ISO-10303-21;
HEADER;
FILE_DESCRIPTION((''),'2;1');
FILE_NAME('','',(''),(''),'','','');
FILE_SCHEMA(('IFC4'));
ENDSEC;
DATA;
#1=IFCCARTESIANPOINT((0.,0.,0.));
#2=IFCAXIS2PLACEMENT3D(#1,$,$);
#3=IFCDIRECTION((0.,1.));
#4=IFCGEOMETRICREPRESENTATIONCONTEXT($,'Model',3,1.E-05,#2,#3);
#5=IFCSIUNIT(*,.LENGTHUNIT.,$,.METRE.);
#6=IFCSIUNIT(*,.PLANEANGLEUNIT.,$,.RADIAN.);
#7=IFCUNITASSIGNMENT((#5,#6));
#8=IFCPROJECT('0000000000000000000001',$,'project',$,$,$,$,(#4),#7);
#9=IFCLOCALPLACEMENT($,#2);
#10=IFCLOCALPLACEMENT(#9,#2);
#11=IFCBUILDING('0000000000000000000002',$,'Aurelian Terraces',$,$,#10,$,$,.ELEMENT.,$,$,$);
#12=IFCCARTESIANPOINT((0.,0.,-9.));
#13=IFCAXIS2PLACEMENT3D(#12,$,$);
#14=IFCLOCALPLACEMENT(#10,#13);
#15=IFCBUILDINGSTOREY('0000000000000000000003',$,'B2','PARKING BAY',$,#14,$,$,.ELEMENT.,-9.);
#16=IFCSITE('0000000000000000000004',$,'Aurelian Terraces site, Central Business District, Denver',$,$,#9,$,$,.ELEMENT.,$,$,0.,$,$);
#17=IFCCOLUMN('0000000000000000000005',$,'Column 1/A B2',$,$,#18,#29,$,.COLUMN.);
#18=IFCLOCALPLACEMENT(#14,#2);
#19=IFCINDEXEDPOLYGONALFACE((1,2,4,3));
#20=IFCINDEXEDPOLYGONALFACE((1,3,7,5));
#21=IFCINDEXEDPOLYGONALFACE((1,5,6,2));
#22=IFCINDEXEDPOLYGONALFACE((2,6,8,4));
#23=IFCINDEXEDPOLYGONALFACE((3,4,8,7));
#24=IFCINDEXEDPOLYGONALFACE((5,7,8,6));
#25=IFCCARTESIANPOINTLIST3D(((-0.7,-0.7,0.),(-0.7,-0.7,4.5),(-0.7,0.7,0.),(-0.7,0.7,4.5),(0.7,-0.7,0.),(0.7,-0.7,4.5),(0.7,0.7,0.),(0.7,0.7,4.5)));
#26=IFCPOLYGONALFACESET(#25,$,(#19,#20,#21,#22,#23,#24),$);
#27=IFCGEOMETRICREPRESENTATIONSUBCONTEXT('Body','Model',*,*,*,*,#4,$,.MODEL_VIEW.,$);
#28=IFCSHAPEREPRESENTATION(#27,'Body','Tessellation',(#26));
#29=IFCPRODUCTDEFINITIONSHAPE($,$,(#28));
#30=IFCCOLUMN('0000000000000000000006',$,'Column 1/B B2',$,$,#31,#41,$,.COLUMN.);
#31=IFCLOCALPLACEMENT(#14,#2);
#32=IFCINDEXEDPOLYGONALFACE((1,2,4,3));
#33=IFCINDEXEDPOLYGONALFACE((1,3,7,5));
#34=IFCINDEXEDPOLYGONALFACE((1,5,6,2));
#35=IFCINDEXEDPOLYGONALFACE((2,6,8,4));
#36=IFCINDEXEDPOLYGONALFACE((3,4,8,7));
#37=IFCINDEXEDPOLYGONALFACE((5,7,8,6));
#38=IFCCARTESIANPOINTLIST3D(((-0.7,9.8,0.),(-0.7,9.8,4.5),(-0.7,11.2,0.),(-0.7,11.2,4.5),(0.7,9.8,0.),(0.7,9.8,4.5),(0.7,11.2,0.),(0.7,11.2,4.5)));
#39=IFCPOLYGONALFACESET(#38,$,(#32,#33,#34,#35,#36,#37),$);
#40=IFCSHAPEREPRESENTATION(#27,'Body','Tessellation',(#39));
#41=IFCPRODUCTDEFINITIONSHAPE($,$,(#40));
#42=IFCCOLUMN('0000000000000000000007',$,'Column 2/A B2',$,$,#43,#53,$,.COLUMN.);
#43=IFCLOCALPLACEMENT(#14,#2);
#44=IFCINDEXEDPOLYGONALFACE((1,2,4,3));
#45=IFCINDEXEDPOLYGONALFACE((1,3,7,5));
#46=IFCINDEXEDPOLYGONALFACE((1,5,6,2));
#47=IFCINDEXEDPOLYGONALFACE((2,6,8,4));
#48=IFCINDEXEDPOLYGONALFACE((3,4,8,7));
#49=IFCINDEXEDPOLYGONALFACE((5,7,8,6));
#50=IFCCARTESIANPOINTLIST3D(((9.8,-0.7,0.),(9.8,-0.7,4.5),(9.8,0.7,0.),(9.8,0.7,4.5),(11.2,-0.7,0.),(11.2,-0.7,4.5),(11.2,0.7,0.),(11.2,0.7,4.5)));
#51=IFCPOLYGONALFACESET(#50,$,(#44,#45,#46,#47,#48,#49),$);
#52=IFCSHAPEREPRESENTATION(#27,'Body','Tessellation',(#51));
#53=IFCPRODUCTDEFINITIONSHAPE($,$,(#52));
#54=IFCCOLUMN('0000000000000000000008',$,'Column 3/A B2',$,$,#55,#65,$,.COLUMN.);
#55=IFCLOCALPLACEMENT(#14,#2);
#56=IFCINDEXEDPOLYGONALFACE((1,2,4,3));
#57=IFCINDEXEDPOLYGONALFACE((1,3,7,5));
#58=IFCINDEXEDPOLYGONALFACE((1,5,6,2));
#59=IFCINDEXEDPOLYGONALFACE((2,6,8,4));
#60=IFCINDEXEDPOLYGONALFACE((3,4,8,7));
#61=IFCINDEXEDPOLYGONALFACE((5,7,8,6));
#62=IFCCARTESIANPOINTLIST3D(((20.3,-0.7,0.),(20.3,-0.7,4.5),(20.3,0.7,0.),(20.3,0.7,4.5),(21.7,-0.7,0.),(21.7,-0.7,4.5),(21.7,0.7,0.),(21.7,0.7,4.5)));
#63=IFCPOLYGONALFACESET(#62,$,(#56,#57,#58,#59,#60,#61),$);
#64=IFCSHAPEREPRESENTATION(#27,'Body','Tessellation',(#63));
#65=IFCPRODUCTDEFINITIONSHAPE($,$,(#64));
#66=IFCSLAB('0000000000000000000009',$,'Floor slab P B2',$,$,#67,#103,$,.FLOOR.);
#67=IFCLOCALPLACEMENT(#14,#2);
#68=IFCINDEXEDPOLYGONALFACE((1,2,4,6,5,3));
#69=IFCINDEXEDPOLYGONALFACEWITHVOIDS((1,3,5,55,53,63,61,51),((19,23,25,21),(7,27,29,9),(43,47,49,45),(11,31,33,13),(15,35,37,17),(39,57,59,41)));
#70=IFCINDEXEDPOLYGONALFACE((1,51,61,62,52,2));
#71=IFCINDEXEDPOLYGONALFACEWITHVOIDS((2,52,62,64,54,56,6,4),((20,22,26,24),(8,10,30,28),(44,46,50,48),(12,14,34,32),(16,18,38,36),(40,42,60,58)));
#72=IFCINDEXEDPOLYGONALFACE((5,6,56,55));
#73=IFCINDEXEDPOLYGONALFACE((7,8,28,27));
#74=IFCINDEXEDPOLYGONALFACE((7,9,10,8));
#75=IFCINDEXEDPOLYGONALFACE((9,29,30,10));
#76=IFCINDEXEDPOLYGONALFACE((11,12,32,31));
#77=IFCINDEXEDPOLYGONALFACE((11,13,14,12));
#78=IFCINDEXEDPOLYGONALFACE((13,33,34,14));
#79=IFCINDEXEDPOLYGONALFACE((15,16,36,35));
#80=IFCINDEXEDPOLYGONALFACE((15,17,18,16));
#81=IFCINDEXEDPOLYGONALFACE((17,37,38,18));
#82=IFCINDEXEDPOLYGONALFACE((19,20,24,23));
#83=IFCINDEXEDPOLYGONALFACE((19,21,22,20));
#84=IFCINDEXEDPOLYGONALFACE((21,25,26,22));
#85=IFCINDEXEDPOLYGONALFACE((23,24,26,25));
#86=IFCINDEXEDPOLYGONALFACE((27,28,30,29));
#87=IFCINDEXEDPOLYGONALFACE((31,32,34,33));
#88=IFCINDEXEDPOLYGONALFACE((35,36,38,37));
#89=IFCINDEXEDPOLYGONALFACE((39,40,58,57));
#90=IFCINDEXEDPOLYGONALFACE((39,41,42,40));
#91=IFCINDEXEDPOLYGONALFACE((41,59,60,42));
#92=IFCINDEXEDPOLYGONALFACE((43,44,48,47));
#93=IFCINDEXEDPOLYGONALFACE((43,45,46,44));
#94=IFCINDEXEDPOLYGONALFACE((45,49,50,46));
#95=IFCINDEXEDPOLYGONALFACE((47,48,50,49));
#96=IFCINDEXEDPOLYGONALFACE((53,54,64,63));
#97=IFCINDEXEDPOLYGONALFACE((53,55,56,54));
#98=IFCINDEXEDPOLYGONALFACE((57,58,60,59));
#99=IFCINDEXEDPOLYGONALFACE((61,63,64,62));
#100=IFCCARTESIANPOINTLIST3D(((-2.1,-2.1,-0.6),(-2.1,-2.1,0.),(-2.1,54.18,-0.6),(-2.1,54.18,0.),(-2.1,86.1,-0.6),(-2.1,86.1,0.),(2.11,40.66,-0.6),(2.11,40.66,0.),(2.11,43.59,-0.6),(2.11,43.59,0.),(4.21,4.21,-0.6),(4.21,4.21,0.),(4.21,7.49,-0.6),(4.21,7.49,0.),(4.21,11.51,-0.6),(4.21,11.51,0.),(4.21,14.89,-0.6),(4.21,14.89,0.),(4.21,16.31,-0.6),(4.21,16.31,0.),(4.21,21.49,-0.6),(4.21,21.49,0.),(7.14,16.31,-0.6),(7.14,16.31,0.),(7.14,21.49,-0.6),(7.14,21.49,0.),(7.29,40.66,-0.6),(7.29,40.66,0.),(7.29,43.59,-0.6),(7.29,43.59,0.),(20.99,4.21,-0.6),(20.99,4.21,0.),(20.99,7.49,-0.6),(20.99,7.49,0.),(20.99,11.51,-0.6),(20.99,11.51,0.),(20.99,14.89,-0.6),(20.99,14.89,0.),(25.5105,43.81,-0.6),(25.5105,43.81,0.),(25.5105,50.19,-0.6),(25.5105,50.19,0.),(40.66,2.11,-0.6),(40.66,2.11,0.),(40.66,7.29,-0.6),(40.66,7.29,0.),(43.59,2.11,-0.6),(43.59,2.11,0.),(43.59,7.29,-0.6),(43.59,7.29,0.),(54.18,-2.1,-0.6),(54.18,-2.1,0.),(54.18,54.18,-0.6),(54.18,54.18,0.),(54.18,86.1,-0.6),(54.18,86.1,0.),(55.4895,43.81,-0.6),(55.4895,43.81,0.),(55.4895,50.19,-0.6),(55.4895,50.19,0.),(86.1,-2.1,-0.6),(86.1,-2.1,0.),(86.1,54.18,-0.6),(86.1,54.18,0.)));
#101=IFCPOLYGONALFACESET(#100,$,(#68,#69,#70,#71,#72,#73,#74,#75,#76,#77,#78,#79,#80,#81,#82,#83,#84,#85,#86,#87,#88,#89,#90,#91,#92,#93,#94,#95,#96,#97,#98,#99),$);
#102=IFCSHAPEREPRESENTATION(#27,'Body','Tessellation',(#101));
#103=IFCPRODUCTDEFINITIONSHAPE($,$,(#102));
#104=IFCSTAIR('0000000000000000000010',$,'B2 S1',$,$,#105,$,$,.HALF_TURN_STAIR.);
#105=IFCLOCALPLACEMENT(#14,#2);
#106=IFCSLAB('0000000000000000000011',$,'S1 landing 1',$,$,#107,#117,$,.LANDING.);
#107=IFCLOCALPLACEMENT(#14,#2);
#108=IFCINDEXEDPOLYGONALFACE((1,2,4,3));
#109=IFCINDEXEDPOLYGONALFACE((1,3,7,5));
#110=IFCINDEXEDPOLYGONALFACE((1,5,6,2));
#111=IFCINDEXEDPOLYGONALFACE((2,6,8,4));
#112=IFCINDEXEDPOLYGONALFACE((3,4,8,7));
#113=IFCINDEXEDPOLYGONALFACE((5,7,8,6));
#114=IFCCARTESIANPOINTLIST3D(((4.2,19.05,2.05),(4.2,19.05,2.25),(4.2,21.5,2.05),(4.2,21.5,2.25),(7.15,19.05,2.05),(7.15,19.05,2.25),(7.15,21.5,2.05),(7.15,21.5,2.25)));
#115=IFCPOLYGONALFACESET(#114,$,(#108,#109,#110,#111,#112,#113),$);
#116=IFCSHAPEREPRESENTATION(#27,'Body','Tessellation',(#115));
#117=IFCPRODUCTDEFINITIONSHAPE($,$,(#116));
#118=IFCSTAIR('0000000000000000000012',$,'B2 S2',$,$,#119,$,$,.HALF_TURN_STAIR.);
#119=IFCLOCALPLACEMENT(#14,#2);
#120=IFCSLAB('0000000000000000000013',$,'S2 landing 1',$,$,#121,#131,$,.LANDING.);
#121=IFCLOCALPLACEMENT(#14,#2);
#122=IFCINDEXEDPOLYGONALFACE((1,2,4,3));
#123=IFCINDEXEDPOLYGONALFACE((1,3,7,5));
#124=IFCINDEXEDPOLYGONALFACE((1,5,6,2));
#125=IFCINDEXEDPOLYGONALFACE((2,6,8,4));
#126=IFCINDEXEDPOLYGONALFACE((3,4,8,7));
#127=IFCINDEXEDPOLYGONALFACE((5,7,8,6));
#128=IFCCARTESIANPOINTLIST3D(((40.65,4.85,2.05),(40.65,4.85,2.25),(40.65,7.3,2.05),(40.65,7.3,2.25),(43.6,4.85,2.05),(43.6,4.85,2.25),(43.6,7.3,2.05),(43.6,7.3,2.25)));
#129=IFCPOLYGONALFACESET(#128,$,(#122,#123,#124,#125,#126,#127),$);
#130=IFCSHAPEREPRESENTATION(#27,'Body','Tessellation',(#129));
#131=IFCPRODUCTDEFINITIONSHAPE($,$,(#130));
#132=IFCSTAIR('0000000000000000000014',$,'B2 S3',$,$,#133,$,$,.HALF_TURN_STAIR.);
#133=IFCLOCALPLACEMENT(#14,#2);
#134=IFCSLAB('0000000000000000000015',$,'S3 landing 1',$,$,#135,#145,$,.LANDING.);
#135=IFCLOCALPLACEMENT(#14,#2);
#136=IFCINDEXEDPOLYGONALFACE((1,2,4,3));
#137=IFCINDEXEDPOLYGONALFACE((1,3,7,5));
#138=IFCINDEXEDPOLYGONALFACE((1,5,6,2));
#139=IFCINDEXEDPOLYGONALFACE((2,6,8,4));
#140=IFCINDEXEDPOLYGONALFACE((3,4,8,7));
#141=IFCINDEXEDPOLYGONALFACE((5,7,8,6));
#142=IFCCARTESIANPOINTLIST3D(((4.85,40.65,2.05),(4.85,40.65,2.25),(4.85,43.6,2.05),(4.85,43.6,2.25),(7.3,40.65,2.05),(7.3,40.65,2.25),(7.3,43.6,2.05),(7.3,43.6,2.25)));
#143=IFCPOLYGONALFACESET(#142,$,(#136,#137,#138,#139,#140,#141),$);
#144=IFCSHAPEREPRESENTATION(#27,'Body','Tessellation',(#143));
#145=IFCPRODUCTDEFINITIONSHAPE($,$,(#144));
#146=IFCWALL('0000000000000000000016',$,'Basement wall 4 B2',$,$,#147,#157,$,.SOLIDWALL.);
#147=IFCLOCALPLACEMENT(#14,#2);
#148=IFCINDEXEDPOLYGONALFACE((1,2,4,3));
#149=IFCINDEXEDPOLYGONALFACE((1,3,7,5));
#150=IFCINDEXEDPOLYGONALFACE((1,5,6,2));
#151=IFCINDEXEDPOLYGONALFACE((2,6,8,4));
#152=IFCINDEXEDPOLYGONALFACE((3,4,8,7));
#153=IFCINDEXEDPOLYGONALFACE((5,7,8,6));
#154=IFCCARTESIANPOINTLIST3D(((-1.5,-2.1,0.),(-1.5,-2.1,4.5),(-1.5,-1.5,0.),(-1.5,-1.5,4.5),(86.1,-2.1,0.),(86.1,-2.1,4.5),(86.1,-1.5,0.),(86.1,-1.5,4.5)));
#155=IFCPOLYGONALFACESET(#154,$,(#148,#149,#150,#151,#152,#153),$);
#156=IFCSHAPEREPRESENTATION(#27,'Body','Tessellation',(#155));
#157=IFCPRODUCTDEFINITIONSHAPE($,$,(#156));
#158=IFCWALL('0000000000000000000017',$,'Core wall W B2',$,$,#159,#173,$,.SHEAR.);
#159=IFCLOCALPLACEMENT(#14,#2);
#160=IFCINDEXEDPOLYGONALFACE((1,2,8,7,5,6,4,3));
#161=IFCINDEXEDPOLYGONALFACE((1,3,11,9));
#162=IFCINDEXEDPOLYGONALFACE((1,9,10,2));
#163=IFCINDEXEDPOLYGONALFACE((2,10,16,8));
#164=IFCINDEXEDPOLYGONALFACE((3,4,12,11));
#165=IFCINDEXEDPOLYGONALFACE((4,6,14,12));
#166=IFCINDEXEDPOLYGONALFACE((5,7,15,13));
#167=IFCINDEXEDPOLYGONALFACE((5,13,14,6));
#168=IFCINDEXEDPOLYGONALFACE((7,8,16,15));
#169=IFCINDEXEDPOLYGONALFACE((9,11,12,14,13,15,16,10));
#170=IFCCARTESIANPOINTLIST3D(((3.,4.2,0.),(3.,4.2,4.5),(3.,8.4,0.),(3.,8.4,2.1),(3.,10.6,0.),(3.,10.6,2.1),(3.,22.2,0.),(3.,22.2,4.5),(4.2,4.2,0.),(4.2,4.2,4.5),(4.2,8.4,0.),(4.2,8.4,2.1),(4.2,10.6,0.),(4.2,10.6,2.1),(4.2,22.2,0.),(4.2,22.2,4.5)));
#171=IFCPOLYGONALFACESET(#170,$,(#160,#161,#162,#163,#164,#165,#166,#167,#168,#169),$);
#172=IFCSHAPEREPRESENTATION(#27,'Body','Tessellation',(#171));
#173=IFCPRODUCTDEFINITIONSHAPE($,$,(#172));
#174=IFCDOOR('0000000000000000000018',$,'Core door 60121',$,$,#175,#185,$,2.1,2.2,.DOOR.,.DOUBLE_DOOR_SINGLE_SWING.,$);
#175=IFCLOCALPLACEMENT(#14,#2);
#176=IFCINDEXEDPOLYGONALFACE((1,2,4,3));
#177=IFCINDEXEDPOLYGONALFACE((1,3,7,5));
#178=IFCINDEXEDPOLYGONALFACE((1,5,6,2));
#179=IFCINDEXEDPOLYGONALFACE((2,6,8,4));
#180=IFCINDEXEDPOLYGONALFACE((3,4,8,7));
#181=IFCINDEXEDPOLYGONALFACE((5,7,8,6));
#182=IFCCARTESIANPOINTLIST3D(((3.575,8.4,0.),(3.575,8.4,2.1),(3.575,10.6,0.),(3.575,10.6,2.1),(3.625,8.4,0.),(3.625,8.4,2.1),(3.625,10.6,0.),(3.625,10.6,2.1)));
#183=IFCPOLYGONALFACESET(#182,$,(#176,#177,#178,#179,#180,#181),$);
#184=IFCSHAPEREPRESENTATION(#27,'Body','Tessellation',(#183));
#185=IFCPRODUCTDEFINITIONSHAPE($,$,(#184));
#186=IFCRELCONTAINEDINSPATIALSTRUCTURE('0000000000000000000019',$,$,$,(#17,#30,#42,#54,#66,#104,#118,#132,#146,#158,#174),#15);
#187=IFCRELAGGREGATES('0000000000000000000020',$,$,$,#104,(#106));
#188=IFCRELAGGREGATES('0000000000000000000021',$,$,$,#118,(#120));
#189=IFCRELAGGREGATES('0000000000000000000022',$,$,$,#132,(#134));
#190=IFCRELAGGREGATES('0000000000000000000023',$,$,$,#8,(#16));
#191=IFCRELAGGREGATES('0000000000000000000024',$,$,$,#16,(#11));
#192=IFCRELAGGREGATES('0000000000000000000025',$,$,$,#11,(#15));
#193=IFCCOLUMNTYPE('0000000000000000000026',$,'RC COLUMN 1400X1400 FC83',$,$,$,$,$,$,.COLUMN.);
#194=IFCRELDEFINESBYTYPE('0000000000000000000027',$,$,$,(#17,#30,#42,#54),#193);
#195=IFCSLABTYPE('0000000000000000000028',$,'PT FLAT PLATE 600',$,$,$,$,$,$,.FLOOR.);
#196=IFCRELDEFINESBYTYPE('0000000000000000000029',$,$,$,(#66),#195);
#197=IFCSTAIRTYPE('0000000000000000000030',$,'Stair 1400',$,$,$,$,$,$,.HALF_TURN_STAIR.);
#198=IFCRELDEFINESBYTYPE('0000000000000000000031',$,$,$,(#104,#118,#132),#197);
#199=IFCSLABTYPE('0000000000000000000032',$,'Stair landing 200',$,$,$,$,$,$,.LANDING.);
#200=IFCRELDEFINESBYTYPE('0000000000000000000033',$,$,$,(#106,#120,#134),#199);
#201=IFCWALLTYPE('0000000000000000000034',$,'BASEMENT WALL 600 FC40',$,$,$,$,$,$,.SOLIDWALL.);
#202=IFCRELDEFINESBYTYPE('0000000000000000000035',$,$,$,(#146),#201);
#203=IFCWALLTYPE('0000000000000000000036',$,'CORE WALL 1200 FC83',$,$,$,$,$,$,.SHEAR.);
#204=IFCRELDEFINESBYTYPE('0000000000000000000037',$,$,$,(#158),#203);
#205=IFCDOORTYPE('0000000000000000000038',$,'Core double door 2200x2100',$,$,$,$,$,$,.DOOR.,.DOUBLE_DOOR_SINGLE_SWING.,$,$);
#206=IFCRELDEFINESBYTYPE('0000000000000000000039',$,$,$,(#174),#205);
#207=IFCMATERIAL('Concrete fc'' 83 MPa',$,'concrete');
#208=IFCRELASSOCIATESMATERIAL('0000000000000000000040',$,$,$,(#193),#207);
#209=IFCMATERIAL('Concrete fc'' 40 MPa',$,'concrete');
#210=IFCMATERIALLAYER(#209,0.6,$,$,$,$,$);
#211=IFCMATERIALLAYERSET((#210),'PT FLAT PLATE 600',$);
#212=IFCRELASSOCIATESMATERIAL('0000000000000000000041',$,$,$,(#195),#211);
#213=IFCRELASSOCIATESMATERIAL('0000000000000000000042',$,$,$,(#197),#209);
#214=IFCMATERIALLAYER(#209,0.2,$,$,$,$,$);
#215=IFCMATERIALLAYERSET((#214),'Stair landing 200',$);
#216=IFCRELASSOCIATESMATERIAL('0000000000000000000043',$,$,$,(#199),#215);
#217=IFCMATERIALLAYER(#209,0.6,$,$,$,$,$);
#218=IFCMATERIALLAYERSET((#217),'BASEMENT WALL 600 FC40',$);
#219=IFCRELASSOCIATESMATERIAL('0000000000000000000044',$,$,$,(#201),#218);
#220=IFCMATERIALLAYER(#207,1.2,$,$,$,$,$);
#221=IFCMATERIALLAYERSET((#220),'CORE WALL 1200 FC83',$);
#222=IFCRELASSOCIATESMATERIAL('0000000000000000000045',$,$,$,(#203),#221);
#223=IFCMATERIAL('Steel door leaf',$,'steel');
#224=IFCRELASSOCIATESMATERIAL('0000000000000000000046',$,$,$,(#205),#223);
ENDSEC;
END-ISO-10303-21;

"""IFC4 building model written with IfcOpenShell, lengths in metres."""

from ifc_helpers import new_model, si_unit, direction, frame, frame_2d, origin, origin_2d, place, context, subcontext, project, spatial, polyline, rectangle, outline, extrude, source, transform, mapped, material, layer, layer_set, material_profile, profile_set, type_object, element, fill, aggregate, save


model = new_model("IFC4")

# Units and contexts
model_context = context("Model", 3, precision=1e-05, world=origin(), true_north=direction((0.0, 1.0)))
body_context = subcontext(model_context, "Body", "Model", "MODEL_VIEW")
ifc_project = project(units=[si_unit("LENGTHUNIT", "METRE"), si_unit("PLANEANGLEUNIT", "RADIAN")], contexts=[model_context])

# Site, building, storey
site_placement = place(None, origin())
site = spatial("IfcSite", under=ifc_project, at=site_placement, Name="Aurelian Terraces site, Central Business District, Denver", CompositionType="ELEMENT", RefElevation=0.0)
building_placement = place(site_placement, origin())
building = spatial("IfcBuilding", under=site, at=building_placement, Name="Aurelian Terraces", CompositionType="ELEMENT")
storey_placement = place(building_placement, frame((0.0, 0.0, -9.0)))
storey = spatial("IfcBuildingStorey", under=building, at=storey_placement, Name="B2", Description="PARKING BAY", CompositionType="ELEMENT", Elevation=-9.0)

# Columns
ifc_material_1 = material(Name="Concrete fc' 83 MPa", Category="concrete")
ifc_material_profile = material_profile(ifc_material_1, rectangle(XDim=1.4, YDim=1.4, at=origin_2d()))
ifc_profile_set = profile_set([ifc_material_profile], Name="Concrete fc' 83 MPa")
column_type = type_object("IfcColumnType", Name="RC COLUMN 1400X1400 FC83", PredefinedType="COLUMN", material=ifc_profile_set)
shared_shape_1 = source(origin(), body_context, "Body", "SweptSolid", [
    extrude(rectangle(XDim=1.4, YDim=1.4, at=origin_2d()), origin(), (0.0, 0.0, 1.0), 4.5),
])
for number, where, z_axis, x_axis, name in (
    (1, (0.0, 0.0, 0.0), (0.0, 0.0, 1.0), (1.0, 0.0, 0.0), "Column 1/A B2"),
    (2, (0.0, 10.5, 0.0), (0.0, 0.0, 1.0), (1.0, 0.0, 0.0), "Column 1/B B2"),
    (3, (10.5, 0.0, 0.0), (0.0, 0.0, 1.0), (1.0, 0.0, 0.0), "Column 2/A B2"),
    (4, (21.0, 0.0, 0.0), (0.0, 0.0, 1.0), (1.0, 0.0, 0.0), "Column 3/A B2"),
):
    element("IfcColumn", number, at=place(storey_placement, frame(where, z_axis=z_axis, x_axis=x_axis)), inside=storey, type_object=column_type, Name=name, PredefinedType="COLUMN", context=body_context, shape_type="MappedRepresentation", body=[
        mapped(shared_shape_1, transform((0.0, 0.0, 0.0), scale=1.0)),
    ])

# Slab
ifc_material_2 = material(Name="Concrete fc' 40 MPa", Category="concrete")
ifc_layer_1 = layer(ifc_material_2, 0.6)
ifc_layer_set_1 = layer_set([ifc_layer_1], Name="PT FLAT PLATE 600")
slab_type_1 = type_object("IfcSlabType", Name="PT FLAT PLATE 600", PredefinedType="FLOOR", material=ifc_layer_set_1)
slab_1_placement = place(storey_placement, frame((0.0, 0.0, -0.6)))
element("IfcSlab", 5, at=slab_1_placement, inside=storey, type_object=slab_type_1, Name="Floor slab P B2", PredefinedType="FLOOR", context=body_context, shape_type="SweptSolid", body=[
    extrude(outline(polyline([(86.1, -2.1), (54.18, -2.1), (-2.1, -2.1), (-2.1, 54.18), (-2.1, 86.1), (54.18, 86.1), (54.18, 54.18), (86.1, 54.18), (86.1, -2.1)]), holes=[polyline([(55.4895, 50.19), (25.5105, 50.19), (25.5105, 43.81), (55.4895, 43.81), (55.4895, 50.19)]), polyline([(40.66, 2.11), (43.59, 2.11), (43.59, 7.29), (40.66, 7.29), (40.66, 2.11)]), polyline([(4.21, 7.49), (4.21, 4.21), (20.99, 4.21), (20.99, 7.49), (4.21, 7.49)]), polyline([(4.21, 14.89), (4.21, 11.51), (20.99, 11.51), (20.99, 14.89), (4.21, 14.89)]), polyline([(7.29, 43.59), (2.11, 43.59), (2.11, 40.66), (7.29, 40.66), (7.29, 43.59)]), polyline([(4.21, 16.31), (7.14, 16.31), (7.14, 21.49), (4.21, 21.49), (4.21, 16.31)])]), origin(), (0.0, 0.0, 1.0), 0.6),
])

# Stairs, slabs
stair_type = type_object("IfcStairType", Name="Stair 1400", PredefinedType="HALF_TURN_STAIR", material=ifc_material_2)
stair_1_placement = place(storey_placement, origin())
stair_1 = element("IfcStair", 6, at=stair_1_placement, inside=storey, type_object=stair_type, Name="B2 S1", PredefinedType="HALF_TURN_STAIR")
ifc_layer_2 = layer(ifc_material_2, 0.2)
ifc_layer_set_2 = layer_set([ifc_layer_2], Name="Stair landing 200")
slab_type_2 = type_object("IfcSlabType", Name="Stair landing 200", PredefinedType="LANDING", material=ifc_layer_set_2)
shared_shape_2 = source(origin(), body_context, "Body", "SweptSolid", [
    extrude(outline(polyline([(7.15, 19.05), (7.15, 21.5), (4.2, 21.5), (4.2, 19.05), (7.15, 19.05)])), origin(), (0.0, 0.0, 1.0), 0.2),
])
slab_2_placement = place(storey_placement, frame((0.0, 0.0, 2.05)))
slab_2 = element("IfcSlab", 7, at=slab_2_placement, type_object=slab_type_2, Name="S1 landing 1", PredefinedType="LANDING", context=body_context, shape_type="MappedRepresentation", body=[
    mapped(shared_shape_2, transform((0.0, 0.0, 0.0), scale=1.0)),
])
aggregate(stair_1, [slab_2])
stair_2_placement = place(storey_placement, origin())
stair_2 = element("IfcStair", 8, at=stair_2_placement, inside=storey, type_object=stair_type, Name="B2 S2", PredefinedType="HALF_TURN_STAIR")
shared_shape_3 = source(origin(), body_context, "Body", "SweptSolid", [
    extrude(outline(polyline([(43.6, 4.85), (43.6, 7.3), (40.65, 7.3), (40.65, 4.85), (43.6, 4.85)])), origin(), (0.0, 0.0, 1.0), 0.2),
])
slab_3_placement = place(storey_placement, frame((0.0, 0.0, 2.05)))
slab_3 = element("IfcSlab", 9, at=slab_3_placement, type_object=slab_type_2, Name="S2 landing 1", PredefinedType="LANDING", context=body_context, shape_type="MappedRepresentation", body=[
    mapped(shared_shape_3, transform((0.0, 0.0, 0.0), scale=1.0)),
])
aggregate(stair_2, [slab_3])
stair_3_placement = place(storey_placement, origin())
stair_3 = element("IfcStair", 10, at=stair_3_placement, inside=storey, type_object=stair_type, Name="B2 S3", PredefinedType="HALF_TURN_STAIR")
shared_shape_4 = source(origin(), body_context, "Body", "SweptSolid", [
    extrude(outline(polyline([(4.85, 40.65), (7.3, 40.65), (7.3, 43.6), (4.85, 43.6), (4.85, 40.65)])), origin(), (0.0, 0.0, 1.0), 0.2),
])
slab_4_placement = place(storey_placement, frame((0.0, 0.0, 2.05)))
slab_4 = element("IfcSlab", 11, at=slab_4_placement, type_object=slab_type_2, Name="S3 landing 1", PredefinedType="LANDING", context=body_context, shape_type="MappedRepresentation", body=[
    mapped(shared_shape_4, transform((0.0, 0.0, 0.0), scale=1.0)),
])
aggregate(stair_3, [slab_4])

# Wall
ifc_layer_3 = layer(ifc_material_2, 0.6)
ifc_layer_set_3 = layer_set([ifc_layer_3], Name="BASEMENT WALL 600 FC40")
wall_type_1 = type_object("IfcWallType", Name="BASEMENT WALL 600 FC40", PredefinedType="SOLIDWALL", material=ifc_layer_set_3)
shared_shape_5 = source(origin(), body_context, "Body", "SweptSolid", [
    extrude(rectangle(XDim=87.6, YDim=0.6, at=frame_2d((43.8, 0.0))), origin(), (0.0, 0.0, 1.0), 4.5),
])
wall_1_placement = place(storey_placement, frame((-1.5, -1.8, 0.0), z_axis=(0.0, 0.0, 1.0), x_axis=(1.0, 0.0, 0.0)))
element("IfcWall", 12, at=wall_1_placement, inside=storey, type_object=wall_type_1, Name="Basement wall 4 B2", PredefinedType="SOLIDWALL", context=body_context, shape_type="MappedRepresentation", body=[
    mapped(shared_shape_5, transform((0.0, 0.0, 0.0), scale=1.0)),
])

# Wall, opening, door
ifc_layer_4 = layer(ifc_material_1, 1.2)
ifc_layer_set_4 = layer_set([ifc_layer_4], Name="CORE WALL 1200 FC83")
wall_type_2 = type_object("IfcWallType", Name="CORE WALL 1200 FC83", PredefinedType="SHEAR", material=ifc_layer_set_4)
shared_shape_6 = source(origin(), body_context, "Body", "SweptSolid", [
    extrude(rectangle(XDim=18.0, YDim=1.2, at=frame_2d((9.0, 0.0))), origin(), (0.0, 0.0, 1.0), 4.5),
])
wall_2_placement = place(storey_placement, frame((3.6, 4.2, 0.0), z_axis=(0.0, 0.0, 1.0), x_axis=(0.0, 1.0, 0.0)))
wall_2 = element("IfcWall", 13, at=wall_2_placement, inside=storey, type_object=wall_type_2, Name="Core wall W B2", PredefinedType="SHEAR", context=body_context, shape_type="MappedRepresentation", body=[
    mapped(shared_shape_6, transform((0.0, 0.0, 0.0), scale=1.0)),
])
shared_shape_7 = source(origin(), body_context, "Body", "SweptSolid", [
    extrude(rectangle(XDim=2.2, YDim=2.1, at=frame_2d((1.1, 1.05))), frame((0.0, 0.61, 0.0), z_axis=(0.0, -1.0, 0.0), x_axis=(1.0, 0.0, 0.0)), (0.0, 0.0, 1.0), 1.22),
])
opening_1_placement = place(wall_2_placement, frame((4.2, 0.0, 0.0)))
opening_1 = element("IfcOpeningElement", 14, at=opening_1_placement, cuts=wall_2, PredefinedType="OPENING", context=body_context, shape_type="MappedRepresentation", body=[
    mapped(shared_shape_7, transform((0.0, 0.0, 0.0), scale=1.0)),
])
ifc_material_3 = material(Name="Steel door leaf", Category="steel")
door_type_1 = type_object("IfcDoorType", Name="Core double door 2200x2100", OperationType="DOUBLE_DOOR_SINGLE_SWING", PredefinedType="DOOR", material=ifc_material_3)
shared_shape_8 = source(origin(), body_context, "Body", "SweptSolid", [
    extrude(rectangle(XDim=2.2, YDim=2.1, at=frame_2d((1.1, 1.05))), frame((0.0, 0.025, 0.0), z_axis=(0.0, -1.0, 0.0), x_axis=(1.0, 0.0, 0.0)), (0.0, 0.0, 1.0), 0.05),
])
door_1_placement = place(opening_1_placement, origin())
door_1 = element("IfcDoor", 15, at=door_1_placement, inside=storey, type_object=door_type_1, Name="Core door 60121", OperationType="DOUBLE_DOOR_SINGLE_SWING", OverallHeight=2.1, OverallWidth=2.2, PredefinedType="DOOR", context=body_context, shape_type="MappedRepresentation", body=[
    mapped(shared_shape_8, transform((0.0, 0.0, 0.0), scale=1.0)),
])
fill(opening_1, door_1)

save(model, "model.ifc")
